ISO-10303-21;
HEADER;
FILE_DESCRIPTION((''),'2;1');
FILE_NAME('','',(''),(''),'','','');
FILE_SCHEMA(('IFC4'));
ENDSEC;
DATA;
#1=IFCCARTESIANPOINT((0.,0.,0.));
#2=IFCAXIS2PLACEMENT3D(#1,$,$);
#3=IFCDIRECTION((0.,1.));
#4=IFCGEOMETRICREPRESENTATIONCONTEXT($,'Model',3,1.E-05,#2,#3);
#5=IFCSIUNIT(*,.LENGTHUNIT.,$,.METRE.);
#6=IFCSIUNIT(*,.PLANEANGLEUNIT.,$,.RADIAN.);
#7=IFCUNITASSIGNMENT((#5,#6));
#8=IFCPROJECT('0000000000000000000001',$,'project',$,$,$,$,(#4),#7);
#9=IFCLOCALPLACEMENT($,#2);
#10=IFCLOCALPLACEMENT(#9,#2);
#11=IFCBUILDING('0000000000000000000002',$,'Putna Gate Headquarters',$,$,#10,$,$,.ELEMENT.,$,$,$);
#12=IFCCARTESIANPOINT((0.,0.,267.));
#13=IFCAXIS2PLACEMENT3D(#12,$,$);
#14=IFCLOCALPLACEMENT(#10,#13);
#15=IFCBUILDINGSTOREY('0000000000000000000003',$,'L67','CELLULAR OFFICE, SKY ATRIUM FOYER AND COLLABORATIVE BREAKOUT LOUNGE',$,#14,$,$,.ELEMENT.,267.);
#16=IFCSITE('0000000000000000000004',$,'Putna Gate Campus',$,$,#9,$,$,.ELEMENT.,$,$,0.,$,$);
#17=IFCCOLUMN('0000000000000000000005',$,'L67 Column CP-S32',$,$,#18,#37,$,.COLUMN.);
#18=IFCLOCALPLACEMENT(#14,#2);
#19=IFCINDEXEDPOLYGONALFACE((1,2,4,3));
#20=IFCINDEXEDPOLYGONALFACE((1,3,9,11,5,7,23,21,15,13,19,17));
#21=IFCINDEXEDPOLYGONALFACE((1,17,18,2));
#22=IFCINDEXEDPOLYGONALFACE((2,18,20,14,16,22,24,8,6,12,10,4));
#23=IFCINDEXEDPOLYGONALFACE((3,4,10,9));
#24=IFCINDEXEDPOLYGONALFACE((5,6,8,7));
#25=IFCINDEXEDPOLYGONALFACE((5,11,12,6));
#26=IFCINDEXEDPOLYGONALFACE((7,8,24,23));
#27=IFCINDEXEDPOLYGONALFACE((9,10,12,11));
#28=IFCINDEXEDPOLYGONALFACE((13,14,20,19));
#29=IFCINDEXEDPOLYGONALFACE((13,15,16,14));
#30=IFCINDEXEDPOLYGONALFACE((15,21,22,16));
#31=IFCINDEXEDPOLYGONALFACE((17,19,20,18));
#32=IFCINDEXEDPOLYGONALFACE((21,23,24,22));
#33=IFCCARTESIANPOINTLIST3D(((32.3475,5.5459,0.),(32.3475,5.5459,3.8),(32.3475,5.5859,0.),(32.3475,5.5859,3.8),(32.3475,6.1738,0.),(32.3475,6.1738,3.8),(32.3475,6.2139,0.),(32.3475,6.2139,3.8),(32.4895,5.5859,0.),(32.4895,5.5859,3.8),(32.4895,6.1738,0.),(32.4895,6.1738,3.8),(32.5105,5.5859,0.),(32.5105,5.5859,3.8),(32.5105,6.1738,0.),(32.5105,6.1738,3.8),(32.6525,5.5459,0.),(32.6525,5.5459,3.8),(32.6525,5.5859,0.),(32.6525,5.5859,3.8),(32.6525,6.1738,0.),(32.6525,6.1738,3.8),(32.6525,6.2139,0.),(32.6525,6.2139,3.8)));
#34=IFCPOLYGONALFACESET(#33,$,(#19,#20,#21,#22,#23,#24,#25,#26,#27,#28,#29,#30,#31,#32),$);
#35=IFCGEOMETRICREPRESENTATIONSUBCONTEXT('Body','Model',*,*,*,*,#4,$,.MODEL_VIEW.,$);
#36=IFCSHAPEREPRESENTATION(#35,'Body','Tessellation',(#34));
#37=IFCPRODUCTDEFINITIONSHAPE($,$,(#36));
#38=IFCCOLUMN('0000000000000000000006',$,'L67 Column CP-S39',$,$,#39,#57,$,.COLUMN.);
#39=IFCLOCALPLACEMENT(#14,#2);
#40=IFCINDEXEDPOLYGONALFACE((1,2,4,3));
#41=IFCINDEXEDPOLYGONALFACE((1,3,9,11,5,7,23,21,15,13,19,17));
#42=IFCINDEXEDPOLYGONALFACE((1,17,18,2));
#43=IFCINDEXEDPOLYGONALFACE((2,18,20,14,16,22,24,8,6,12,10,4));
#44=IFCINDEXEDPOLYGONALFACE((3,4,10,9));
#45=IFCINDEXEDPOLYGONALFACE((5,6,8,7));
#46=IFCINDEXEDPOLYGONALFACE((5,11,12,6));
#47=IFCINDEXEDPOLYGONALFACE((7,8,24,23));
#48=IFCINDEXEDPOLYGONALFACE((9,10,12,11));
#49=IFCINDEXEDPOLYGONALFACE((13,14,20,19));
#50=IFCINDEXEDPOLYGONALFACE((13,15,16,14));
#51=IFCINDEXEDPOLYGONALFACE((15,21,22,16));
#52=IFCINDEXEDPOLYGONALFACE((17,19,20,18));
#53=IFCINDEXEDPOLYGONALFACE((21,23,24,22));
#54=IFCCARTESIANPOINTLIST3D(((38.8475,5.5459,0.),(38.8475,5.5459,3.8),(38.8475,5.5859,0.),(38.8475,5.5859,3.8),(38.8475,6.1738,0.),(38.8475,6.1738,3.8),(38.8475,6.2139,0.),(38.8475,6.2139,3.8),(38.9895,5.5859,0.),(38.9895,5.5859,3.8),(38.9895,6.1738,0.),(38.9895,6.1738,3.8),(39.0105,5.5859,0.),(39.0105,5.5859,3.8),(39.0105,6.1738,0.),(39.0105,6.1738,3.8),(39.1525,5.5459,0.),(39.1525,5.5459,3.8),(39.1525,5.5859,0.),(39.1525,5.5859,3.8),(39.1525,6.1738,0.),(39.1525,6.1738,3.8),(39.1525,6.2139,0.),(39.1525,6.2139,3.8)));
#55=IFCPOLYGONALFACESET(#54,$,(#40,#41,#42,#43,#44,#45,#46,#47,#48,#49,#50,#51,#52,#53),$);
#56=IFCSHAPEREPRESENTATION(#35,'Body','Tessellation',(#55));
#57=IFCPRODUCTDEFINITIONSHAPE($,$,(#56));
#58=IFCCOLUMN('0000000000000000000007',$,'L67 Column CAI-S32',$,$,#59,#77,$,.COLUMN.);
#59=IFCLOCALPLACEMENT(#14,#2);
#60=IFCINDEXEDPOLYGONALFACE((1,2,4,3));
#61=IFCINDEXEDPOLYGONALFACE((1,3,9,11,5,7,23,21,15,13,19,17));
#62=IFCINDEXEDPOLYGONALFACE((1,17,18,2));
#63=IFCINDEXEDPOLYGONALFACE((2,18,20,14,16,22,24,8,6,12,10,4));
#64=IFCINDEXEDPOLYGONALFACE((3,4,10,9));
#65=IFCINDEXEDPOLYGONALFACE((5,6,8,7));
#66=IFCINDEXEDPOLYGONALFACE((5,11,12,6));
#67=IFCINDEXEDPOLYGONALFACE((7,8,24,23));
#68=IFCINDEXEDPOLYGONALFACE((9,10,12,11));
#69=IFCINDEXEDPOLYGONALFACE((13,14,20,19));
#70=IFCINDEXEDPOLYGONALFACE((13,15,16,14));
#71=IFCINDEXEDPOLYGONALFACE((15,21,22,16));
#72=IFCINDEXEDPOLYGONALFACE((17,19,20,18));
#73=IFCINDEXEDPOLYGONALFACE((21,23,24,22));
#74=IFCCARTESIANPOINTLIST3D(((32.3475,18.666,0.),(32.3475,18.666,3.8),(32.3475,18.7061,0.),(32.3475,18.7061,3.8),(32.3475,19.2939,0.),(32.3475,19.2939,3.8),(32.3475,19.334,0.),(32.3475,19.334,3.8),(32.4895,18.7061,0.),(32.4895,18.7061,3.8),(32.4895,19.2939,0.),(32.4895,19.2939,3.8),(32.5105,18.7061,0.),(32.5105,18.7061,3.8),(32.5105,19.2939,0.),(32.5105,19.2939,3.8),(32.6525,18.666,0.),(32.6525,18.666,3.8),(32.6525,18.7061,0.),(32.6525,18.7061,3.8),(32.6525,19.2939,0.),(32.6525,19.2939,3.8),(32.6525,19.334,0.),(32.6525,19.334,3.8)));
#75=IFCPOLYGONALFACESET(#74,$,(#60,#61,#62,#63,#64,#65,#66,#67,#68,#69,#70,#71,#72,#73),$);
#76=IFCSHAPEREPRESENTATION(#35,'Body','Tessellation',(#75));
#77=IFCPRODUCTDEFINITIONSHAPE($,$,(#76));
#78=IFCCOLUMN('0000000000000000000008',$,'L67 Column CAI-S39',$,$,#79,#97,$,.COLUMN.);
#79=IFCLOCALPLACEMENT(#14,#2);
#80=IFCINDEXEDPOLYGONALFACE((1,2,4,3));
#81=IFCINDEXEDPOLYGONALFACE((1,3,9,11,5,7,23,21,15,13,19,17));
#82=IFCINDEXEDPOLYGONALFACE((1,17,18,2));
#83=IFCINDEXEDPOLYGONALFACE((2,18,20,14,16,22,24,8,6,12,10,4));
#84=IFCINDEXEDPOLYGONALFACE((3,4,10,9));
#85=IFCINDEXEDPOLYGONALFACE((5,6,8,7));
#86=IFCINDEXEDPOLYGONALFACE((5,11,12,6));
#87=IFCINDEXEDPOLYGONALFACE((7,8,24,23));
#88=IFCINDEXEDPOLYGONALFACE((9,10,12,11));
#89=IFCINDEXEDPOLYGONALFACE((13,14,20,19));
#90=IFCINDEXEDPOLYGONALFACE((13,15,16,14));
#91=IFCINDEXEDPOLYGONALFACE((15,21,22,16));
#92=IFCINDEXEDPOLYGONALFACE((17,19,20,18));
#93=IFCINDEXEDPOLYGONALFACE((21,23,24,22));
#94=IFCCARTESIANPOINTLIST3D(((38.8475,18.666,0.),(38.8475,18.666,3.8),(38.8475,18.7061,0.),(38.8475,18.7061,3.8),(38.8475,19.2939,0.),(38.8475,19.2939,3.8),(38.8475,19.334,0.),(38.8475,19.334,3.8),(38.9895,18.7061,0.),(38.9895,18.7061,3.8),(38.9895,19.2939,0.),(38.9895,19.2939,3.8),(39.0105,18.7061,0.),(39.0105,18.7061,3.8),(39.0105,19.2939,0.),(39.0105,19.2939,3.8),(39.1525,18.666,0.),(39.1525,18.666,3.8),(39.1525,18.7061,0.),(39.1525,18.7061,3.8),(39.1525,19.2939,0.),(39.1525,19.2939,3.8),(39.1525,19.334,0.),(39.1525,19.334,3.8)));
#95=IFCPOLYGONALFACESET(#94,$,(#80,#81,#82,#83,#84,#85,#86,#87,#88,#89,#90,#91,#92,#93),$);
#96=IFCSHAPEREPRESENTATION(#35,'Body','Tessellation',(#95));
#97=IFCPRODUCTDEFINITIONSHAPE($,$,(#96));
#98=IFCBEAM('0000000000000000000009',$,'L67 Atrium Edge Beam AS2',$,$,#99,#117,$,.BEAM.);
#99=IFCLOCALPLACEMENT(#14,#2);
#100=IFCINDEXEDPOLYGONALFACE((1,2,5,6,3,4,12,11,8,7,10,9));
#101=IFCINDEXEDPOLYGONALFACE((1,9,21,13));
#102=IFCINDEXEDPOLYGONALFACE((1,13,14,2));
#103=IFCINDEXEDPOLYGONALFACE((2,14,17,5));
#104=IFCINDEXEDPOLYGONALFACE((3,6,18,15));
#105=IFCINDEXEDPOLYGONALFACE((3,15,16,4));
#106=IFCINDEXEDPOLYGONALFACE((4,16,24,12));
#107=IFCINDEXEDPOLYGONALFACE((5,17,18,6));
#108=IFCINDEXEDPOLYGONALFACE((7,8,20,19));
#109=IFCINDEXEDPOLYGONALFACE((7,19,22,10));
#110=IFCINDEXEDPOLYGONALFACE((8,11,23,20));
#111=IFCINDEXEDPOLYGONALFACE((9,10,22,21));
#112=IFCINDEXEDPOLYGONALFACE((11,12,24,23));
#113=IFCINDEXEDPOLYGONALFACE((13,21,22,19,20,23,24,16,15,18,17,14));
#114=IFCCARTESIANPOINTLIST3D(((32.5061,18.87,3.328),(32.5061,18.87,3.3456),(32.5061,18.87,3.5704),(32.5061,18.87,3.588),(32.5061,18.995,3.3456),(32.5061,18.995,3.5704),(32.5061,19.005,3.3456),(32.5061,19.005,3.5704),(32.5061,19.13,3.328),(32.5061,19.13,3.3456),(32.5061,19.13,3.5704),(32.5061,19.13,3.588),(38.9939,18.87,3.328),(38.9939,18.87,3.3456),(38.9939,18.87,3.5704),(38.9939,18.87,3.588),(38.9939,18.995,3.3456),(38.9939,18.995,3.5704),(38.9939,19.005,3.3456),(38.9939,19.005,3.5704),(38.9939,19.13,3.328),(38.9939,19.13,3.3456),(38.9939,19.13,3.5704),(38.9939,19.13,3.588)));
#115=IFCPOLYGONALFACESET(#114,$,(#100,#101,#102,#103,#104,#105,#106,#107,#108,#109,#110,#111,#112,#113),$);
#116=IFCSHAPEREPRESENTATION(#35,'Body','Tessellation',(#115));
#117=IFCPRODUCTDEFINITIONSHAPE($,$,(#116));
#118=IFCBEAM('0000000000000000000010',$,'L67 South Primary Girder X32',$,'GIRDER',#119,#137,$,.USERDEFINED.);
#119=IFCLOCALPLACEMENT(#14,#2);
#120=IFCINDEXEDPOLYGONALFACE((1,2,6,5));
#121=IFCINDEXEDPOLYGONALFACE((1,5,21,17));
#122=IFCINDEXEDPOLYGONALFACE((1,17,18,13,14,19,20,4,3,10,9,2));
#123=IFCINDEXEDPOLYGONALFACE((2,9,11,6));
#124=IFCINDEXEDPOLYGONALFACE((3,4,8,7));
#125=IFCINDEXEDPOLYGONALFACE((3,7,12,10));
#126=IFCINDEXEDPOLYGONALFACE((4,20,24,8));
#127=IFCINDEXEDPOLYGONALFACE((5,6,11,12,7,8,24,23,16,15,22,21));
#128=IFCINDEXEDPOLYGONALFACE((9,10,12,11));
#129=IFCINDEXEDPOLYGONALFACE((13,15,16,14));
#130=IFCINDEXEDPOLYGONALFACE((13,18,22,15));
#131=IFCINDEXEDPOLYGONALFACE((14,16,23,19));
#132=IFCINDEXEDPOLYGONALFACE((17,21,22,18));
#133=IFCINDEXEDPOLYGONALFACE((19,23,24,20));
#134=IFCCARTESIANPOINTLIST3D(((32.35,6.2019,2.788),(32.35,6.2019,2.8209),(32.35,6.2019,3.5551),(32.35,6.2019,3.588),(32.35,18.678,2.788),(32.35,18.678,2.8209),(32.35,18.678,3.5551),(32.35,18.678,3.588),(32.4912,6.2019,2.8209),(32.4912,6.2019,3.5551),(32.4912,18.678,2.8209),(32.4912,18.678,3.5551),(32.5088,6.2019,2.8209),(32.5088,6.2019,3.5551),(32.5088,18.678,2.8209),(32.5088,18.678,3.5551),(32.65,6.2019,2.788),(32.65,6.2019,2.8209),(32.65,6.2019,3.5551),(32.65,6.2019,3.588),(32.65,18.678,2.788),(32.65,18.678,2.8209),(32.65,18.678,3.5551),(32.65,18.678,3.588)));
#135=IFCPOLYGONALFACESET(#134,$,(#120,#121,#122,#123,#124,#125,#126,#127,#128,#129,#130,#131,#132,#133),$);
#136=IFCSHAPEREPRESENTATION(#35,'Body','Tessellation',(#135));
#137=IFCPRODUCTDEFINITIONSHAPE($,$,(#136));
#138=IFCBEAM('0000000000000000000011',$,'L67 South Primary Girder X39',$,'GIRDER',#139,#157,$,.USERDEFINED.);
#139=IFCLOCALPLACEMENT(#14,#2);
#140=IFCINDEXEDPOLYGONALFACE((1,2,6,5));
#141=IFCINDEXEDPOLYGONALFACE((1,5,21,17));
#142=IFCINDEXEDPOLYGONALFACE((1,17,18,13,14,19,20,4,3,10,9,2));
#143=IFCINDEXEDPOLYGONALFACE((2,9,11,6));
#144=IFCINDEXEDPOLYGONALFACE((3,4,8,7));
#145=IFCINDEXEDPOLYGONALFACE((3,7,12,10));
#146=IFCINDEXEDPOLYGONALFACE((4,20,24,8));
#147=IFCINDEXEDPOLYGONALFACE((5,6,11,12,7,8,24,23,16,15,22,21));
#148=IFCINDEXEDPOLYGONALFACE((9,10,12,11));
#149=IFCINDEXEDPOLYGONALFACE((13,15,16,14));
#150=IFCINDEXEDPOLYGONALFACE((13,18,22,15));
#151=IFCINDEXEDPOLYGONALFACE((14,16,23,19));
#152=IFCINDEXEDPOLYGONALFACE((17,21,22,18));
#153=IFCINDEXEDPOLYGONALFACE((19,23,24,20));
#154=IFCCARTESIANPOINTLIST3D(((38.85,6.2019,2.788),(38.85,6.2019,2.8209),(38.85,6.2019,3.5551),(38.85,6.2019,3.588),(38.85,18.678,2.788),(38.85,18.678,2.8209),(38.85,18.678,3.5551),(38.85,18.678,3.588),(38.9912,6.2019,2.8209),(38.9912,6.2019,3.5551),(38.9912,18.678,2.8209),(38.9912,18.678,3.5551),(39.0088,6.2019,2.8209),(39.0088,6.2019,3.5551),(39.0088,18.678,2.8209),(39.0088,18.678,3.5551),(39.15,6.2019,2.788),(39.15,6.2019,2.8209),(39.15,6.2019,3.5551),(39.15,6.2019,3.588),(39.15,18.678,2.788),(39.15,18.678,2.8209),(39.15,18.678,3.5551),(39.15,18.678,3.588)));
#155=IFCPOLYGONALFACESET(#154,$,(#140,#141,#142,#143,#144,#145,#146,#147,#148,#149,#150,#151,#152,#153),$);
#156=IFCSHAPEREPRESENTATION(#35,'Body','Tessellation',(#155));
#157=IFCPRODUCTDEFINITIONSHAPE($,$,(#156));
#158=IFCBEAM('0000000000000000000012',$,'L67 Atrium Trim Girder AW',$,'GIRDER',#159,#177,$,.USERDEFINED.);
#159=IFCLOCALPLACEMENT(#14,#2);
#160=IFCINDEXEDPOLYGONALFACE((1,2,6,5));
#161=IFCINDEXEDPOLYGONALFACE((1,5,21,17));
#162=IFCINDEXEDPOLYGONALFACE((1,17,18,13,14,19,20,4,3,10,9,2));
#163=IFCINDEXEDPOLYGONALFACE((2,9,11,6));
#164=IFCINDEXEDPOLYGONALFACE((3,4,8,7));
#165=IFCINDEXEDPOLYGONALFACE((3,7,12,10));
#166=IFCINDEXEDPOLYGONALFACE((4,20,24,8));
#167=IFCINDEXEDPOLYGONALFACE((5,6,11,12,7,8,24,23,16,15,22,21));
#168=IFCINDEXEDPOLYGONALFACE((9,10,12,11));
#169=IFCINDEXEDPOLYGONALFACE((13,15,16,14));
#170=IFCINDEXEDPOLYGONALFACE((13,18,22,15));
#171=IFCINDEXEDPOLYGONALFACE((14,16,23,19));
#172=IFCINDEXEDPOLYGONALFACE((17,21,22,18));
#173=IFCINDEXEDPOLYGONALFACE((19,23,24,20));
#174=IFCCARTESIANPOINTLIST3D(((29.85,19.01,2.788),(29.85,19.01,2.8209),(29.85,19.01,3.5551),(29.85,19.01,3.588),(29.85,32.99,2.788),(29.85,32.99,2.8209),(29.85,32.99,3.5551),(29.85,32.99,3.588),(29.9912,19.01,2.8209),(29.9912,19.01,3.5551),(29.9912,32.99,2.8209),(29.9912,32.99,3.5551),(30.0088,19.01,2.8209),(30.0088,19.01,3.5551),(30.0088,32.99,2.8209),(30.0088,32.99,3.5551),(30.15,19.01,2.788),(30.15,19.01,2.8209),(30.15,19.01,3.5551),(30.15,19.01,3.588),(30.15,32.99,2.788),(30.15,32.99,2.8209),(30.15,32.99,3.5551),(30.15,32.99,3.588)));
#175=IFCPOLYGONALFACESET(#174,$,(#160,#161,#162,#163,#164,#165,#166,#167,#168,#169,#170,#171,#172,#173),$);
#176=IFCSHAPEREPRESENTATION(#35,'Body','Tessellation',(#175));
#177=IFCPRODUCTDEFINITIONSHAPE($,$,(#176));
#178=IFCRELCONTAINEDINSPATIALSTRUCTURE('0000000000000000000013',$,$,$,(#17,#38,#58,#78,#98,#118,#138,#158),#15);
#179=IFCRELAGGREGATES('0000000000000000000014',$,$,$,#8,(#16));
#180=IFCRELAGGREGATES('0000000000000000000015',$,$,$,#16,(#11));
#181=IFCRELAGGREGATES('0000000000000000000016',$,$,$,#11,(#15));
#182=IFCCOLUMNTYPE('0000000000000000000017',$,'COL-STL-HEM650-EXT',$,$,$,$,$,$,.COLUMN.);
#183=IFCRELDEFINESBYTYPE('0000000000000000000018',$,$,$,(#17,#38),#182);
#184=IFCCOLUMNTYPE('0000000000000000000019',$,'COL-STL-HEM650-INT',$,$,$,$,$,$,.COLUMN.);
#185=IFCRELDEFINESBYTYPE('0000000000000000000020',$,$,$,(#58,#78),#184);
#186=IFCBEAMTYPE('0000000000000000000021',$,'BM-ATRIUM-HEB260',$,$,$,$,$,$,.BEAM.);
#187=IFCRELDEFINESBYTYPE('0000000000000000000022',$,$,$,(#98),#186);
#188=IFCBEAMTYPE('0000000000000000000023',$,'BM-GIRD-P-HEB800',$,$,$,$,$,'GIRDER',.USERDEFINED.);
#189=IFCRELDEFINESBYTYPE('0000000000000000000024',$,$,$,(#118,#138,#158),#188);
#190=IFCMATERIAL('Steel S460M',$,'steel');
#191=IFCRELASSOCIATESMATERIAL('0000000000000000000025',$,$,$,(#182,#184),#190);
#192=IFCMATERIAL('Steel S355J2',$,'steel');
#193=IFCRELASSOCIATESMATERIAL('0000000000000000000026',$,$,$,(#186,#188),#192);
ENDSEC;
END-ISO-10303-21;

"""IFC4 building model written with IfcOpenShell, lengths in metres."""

from ifc_helpers import new_model, si_unit, direction, frame, origin, origin_2d, place, context, subcontext, project, spatial, i_section, extrude, material, material_profile, profile_set, type_object, element, save


model = new_model("IFC4")

# Units and contexts
model_context = context("Model", 3, precision=1e-05, world=origin(), true_north=direction((0.0, 1.0)))
body_context = subcontext(model_context, "Body", "Model", "MODEL_VIEW")
ifc_project = project(units=[si_unit("LENGTHUNIT", "METRE"), si_unit("PLANEANGLEUNIT", "RADIAN")], contexts=[model_context])

# Site, building, storey
site_placement = place(None, origin())
site = spatial("IfcSite", under=ifc_project, at=site_placement, Name="Putna Gate Campus", CompositionType="ELEMENT", RefElevation=0.0)
building_placement = place(site_placement, origin())
building = spatial("IfcBuilding", under=site, at=building_placement, Name="Putna Gate Headquarters", CompositionType="ELEMENT")
storey_placement = place(building_placement, frame((0.0, 0.0, 267.0)))
storey = spatial("IfcBuildingStorey", under=building, at=storey_placement, Name="L67", Description="CELLULAR OFFICE, SKY ATRIUM FOYER AND COLLABORATIVE BREAKOUT LOUNGE", CompositionType="ELEMENT", Elevation=267.0)

# Columns
ifc_material_1 = material(Name="Steel S460M", Category="steel")
ifc_material_profile_1 = material_profile(ifc_material_1, i_section(OverallWidth=0.3049, OverallDepth=0.668, WebThickness=0.021, FlangeThickness=0.04, at=origin_2d()), Name="Steel S460M")
ifc_profile_set_1 = profile_set([ifc_material_profile_1], Name="Steel S460M")
column_type_1 = type_object("IfcColumnType", Name="COL-STL-HEM650-EXT", PredefinedType="COLUMN", material=ifc_profile_set_1)
for number, where, z_axis, x_axis, name in (
    (1, (32.5, 5.8799, 0.0), (0.0, 0.0, 1.0), (1.0, 0.0, 0.0), "L67 Column CP-S32"),
    (2, (39.0, 5.8799, 0.0), (0.0, 0.0, 1.0), (1.0, 0.0, 0.0), "L67 Column CP-S39"),
):
    element("IfcColumn", number, at=place(storey_placement, frame(where, z_axis=z_axis, x_axis=x_axis)), inside=storey, type_object=column_type_1, Name=name, PredefinedType="COLUMN", context=body_context, shape_type="SweptSolid", body=[
        extrude(i_section(OverallWidth=0.3049, OverallDepth=0.668, WebThickness=0.021, FlangeThickness=0.04, at=origin_2d()), origin(), (0.0, 0.0, 1.0), 3.8),
    ])
ifc_material_profile_2 = material_profile(ifc_material_1, i_section(OverallWidth=0.3049, OverallDepth=0.668, WebThickness=0.021, FlangeThickness=0.04, at=origin_2d()), Name="Steel S460M")
ifc_profile_set_2 = profile_set([ifc_material_profile_2], Name="Steel S460M")
column_type_2 = type_object("IfcColumnType", Name="COL-STL-HEM650-INT", PredefinedType="COLUMN", material=ifc_profile_set_2)
for number, where, z_axis, x_axis, name in (
    (3, (32.5, 19.0, 0.0), (0.0, 0.0, 1.0), (1.0, 0.0, 0.0), "L67 Column CAI-S32"),
    (4, (39.0, 19.0, 0.0), (0.0, 0.0, 1.0), (1.0, 0.0, 0.0), "L67 Column CAI-S39"),
):
    element("IfcColumn", number, at=place(storey_placement, frame(where, z_axis=z_axis, x_axis=x_axis)), inside=storey, type_object=column_type_2, Name=name, PredefinedType="COLUMN", context=body_context, shape_type="SweptSolid", body=[
        extrude(i_section(OverallWidth=0.3049, OverallDepth=0.668, WebThickness=0.021, FlangeThickness=0.04, at=origin_2d()), origin(), (0.0, 0.0, 1.0), 3.8),
    ])

# Beams
ifc_material_2 = material(Name="Steel S355J2", Category="steel")
ifc_material_profile_3 = material_profile(ifc_material_2, i_section(OverallWidth=0.26, OverallDepth=0.26, WebThickness=0.01, FlangeThickness=0.0176, at=origin_2d()), Name="Steel S355J2")
ifc_profile_set_3 = profile_set([ifc_material_profile_3], Name="Steel S355J2")
beam_type_1 = type_object("IfcBeamType", Name="BM-ATRIUM-HEB260", PredefinedType="BEAM", material=ifc_profile_set_3)
beam_1_placement = place(storey_placement, frame((32.5061, 19.0, 3.458), z_axis=(1.0, 0.0, 0.0), x_axis=(0.0, 1.0, 0.0)))
element("IfcBeam", 5, at=beam_1_placement, inside=storey, type_object=beam_type_1, Name="L67 Atrium Edge Beam AS2", PredefinedType="BEAM", context=body_context, shape_type="SweptSolid", body=[
    extrude(i_section(OverallWidth=0.26, OverallDepth=0.26, WebThickness=0.01, FlangeThickness=0.0176, at=origin_2d()), origin(), (0.0, 0.0, 1.0), 6.4878),
])
ifc_material_profile_4 = material_profile(ifc_material_2, i_section(OverallWidth=0.3, OverallDepth=0.8, WebThickness=0.0176, FlangeThickness=0.033, at=origin_2d()), Name="Steel S355J2")
ifc_profile_set_4 = profile_set([ifc_material_profile_4], Name="Steel S355J2")
beam_type_2 = type_object("IfcBeamType", Name="BM-GIRD-P-HEB800", ElementType="GIRDER", PredefinedType="USERDEFINED", material=ifc_profile_set_4)
for number, where, z_axis, x_axis, name in (
    (6, (32.5, 6.2019, 3.188), (0.0, 1.0, 0.0), (-1.0, 0.0, 0.0), "L67 South Primary Girder X32"),
    (7, (39.0, 6.2019, 3.188), (0.0, 1.0, 0.0), (-1.0, 0.0, 0.0), "L67 South Primary Girder X39"),
):
    element("IfcBeam", number, at=place(storey_placement, frame(where, z_axis=z_axis, x_axis=x_axis)), inside=storey, type_object=beam_type_2, Name=name, ObjectType="GIRDER", PredefinedType="USERDEFINED", context=body_context, shape_type="SweptSolid", body=[
        extrude(i_section(OverallWidth=0.3, OverallDepth=0.8, WebThickness=0.0176, FlangeThickness=0.033, at=origin_2d()), origin(), (0.0, 0.0, 1.0), 12.4761),
    ])
beam_2_placement = place(storey_placement, frame((30.0, 19.01, 3.188), z_axis=(0.0, 1.0, 0.0), x_axis=(-1.0, 0.0, 0.0)))
element("IfcBeam", 8, at=beam_2_placement, inside=storey, type_object=beam_type_2, Name="L67 Atrium Trim Girder AW", ObjectType="GIRDER", PredefinedType="USERDEFINED", context=body_context, shape_type="SweptSolid", body=[
    extrude(i_section(OverallWidth=0.3, OverallDepth=0.8, WebThickness=0.0176, FlangeThickness=0.033, at=origin_2d()), origin(), (0.0, 0.0, 1.0), 13.98),
])

save(model, "model.ifc")
